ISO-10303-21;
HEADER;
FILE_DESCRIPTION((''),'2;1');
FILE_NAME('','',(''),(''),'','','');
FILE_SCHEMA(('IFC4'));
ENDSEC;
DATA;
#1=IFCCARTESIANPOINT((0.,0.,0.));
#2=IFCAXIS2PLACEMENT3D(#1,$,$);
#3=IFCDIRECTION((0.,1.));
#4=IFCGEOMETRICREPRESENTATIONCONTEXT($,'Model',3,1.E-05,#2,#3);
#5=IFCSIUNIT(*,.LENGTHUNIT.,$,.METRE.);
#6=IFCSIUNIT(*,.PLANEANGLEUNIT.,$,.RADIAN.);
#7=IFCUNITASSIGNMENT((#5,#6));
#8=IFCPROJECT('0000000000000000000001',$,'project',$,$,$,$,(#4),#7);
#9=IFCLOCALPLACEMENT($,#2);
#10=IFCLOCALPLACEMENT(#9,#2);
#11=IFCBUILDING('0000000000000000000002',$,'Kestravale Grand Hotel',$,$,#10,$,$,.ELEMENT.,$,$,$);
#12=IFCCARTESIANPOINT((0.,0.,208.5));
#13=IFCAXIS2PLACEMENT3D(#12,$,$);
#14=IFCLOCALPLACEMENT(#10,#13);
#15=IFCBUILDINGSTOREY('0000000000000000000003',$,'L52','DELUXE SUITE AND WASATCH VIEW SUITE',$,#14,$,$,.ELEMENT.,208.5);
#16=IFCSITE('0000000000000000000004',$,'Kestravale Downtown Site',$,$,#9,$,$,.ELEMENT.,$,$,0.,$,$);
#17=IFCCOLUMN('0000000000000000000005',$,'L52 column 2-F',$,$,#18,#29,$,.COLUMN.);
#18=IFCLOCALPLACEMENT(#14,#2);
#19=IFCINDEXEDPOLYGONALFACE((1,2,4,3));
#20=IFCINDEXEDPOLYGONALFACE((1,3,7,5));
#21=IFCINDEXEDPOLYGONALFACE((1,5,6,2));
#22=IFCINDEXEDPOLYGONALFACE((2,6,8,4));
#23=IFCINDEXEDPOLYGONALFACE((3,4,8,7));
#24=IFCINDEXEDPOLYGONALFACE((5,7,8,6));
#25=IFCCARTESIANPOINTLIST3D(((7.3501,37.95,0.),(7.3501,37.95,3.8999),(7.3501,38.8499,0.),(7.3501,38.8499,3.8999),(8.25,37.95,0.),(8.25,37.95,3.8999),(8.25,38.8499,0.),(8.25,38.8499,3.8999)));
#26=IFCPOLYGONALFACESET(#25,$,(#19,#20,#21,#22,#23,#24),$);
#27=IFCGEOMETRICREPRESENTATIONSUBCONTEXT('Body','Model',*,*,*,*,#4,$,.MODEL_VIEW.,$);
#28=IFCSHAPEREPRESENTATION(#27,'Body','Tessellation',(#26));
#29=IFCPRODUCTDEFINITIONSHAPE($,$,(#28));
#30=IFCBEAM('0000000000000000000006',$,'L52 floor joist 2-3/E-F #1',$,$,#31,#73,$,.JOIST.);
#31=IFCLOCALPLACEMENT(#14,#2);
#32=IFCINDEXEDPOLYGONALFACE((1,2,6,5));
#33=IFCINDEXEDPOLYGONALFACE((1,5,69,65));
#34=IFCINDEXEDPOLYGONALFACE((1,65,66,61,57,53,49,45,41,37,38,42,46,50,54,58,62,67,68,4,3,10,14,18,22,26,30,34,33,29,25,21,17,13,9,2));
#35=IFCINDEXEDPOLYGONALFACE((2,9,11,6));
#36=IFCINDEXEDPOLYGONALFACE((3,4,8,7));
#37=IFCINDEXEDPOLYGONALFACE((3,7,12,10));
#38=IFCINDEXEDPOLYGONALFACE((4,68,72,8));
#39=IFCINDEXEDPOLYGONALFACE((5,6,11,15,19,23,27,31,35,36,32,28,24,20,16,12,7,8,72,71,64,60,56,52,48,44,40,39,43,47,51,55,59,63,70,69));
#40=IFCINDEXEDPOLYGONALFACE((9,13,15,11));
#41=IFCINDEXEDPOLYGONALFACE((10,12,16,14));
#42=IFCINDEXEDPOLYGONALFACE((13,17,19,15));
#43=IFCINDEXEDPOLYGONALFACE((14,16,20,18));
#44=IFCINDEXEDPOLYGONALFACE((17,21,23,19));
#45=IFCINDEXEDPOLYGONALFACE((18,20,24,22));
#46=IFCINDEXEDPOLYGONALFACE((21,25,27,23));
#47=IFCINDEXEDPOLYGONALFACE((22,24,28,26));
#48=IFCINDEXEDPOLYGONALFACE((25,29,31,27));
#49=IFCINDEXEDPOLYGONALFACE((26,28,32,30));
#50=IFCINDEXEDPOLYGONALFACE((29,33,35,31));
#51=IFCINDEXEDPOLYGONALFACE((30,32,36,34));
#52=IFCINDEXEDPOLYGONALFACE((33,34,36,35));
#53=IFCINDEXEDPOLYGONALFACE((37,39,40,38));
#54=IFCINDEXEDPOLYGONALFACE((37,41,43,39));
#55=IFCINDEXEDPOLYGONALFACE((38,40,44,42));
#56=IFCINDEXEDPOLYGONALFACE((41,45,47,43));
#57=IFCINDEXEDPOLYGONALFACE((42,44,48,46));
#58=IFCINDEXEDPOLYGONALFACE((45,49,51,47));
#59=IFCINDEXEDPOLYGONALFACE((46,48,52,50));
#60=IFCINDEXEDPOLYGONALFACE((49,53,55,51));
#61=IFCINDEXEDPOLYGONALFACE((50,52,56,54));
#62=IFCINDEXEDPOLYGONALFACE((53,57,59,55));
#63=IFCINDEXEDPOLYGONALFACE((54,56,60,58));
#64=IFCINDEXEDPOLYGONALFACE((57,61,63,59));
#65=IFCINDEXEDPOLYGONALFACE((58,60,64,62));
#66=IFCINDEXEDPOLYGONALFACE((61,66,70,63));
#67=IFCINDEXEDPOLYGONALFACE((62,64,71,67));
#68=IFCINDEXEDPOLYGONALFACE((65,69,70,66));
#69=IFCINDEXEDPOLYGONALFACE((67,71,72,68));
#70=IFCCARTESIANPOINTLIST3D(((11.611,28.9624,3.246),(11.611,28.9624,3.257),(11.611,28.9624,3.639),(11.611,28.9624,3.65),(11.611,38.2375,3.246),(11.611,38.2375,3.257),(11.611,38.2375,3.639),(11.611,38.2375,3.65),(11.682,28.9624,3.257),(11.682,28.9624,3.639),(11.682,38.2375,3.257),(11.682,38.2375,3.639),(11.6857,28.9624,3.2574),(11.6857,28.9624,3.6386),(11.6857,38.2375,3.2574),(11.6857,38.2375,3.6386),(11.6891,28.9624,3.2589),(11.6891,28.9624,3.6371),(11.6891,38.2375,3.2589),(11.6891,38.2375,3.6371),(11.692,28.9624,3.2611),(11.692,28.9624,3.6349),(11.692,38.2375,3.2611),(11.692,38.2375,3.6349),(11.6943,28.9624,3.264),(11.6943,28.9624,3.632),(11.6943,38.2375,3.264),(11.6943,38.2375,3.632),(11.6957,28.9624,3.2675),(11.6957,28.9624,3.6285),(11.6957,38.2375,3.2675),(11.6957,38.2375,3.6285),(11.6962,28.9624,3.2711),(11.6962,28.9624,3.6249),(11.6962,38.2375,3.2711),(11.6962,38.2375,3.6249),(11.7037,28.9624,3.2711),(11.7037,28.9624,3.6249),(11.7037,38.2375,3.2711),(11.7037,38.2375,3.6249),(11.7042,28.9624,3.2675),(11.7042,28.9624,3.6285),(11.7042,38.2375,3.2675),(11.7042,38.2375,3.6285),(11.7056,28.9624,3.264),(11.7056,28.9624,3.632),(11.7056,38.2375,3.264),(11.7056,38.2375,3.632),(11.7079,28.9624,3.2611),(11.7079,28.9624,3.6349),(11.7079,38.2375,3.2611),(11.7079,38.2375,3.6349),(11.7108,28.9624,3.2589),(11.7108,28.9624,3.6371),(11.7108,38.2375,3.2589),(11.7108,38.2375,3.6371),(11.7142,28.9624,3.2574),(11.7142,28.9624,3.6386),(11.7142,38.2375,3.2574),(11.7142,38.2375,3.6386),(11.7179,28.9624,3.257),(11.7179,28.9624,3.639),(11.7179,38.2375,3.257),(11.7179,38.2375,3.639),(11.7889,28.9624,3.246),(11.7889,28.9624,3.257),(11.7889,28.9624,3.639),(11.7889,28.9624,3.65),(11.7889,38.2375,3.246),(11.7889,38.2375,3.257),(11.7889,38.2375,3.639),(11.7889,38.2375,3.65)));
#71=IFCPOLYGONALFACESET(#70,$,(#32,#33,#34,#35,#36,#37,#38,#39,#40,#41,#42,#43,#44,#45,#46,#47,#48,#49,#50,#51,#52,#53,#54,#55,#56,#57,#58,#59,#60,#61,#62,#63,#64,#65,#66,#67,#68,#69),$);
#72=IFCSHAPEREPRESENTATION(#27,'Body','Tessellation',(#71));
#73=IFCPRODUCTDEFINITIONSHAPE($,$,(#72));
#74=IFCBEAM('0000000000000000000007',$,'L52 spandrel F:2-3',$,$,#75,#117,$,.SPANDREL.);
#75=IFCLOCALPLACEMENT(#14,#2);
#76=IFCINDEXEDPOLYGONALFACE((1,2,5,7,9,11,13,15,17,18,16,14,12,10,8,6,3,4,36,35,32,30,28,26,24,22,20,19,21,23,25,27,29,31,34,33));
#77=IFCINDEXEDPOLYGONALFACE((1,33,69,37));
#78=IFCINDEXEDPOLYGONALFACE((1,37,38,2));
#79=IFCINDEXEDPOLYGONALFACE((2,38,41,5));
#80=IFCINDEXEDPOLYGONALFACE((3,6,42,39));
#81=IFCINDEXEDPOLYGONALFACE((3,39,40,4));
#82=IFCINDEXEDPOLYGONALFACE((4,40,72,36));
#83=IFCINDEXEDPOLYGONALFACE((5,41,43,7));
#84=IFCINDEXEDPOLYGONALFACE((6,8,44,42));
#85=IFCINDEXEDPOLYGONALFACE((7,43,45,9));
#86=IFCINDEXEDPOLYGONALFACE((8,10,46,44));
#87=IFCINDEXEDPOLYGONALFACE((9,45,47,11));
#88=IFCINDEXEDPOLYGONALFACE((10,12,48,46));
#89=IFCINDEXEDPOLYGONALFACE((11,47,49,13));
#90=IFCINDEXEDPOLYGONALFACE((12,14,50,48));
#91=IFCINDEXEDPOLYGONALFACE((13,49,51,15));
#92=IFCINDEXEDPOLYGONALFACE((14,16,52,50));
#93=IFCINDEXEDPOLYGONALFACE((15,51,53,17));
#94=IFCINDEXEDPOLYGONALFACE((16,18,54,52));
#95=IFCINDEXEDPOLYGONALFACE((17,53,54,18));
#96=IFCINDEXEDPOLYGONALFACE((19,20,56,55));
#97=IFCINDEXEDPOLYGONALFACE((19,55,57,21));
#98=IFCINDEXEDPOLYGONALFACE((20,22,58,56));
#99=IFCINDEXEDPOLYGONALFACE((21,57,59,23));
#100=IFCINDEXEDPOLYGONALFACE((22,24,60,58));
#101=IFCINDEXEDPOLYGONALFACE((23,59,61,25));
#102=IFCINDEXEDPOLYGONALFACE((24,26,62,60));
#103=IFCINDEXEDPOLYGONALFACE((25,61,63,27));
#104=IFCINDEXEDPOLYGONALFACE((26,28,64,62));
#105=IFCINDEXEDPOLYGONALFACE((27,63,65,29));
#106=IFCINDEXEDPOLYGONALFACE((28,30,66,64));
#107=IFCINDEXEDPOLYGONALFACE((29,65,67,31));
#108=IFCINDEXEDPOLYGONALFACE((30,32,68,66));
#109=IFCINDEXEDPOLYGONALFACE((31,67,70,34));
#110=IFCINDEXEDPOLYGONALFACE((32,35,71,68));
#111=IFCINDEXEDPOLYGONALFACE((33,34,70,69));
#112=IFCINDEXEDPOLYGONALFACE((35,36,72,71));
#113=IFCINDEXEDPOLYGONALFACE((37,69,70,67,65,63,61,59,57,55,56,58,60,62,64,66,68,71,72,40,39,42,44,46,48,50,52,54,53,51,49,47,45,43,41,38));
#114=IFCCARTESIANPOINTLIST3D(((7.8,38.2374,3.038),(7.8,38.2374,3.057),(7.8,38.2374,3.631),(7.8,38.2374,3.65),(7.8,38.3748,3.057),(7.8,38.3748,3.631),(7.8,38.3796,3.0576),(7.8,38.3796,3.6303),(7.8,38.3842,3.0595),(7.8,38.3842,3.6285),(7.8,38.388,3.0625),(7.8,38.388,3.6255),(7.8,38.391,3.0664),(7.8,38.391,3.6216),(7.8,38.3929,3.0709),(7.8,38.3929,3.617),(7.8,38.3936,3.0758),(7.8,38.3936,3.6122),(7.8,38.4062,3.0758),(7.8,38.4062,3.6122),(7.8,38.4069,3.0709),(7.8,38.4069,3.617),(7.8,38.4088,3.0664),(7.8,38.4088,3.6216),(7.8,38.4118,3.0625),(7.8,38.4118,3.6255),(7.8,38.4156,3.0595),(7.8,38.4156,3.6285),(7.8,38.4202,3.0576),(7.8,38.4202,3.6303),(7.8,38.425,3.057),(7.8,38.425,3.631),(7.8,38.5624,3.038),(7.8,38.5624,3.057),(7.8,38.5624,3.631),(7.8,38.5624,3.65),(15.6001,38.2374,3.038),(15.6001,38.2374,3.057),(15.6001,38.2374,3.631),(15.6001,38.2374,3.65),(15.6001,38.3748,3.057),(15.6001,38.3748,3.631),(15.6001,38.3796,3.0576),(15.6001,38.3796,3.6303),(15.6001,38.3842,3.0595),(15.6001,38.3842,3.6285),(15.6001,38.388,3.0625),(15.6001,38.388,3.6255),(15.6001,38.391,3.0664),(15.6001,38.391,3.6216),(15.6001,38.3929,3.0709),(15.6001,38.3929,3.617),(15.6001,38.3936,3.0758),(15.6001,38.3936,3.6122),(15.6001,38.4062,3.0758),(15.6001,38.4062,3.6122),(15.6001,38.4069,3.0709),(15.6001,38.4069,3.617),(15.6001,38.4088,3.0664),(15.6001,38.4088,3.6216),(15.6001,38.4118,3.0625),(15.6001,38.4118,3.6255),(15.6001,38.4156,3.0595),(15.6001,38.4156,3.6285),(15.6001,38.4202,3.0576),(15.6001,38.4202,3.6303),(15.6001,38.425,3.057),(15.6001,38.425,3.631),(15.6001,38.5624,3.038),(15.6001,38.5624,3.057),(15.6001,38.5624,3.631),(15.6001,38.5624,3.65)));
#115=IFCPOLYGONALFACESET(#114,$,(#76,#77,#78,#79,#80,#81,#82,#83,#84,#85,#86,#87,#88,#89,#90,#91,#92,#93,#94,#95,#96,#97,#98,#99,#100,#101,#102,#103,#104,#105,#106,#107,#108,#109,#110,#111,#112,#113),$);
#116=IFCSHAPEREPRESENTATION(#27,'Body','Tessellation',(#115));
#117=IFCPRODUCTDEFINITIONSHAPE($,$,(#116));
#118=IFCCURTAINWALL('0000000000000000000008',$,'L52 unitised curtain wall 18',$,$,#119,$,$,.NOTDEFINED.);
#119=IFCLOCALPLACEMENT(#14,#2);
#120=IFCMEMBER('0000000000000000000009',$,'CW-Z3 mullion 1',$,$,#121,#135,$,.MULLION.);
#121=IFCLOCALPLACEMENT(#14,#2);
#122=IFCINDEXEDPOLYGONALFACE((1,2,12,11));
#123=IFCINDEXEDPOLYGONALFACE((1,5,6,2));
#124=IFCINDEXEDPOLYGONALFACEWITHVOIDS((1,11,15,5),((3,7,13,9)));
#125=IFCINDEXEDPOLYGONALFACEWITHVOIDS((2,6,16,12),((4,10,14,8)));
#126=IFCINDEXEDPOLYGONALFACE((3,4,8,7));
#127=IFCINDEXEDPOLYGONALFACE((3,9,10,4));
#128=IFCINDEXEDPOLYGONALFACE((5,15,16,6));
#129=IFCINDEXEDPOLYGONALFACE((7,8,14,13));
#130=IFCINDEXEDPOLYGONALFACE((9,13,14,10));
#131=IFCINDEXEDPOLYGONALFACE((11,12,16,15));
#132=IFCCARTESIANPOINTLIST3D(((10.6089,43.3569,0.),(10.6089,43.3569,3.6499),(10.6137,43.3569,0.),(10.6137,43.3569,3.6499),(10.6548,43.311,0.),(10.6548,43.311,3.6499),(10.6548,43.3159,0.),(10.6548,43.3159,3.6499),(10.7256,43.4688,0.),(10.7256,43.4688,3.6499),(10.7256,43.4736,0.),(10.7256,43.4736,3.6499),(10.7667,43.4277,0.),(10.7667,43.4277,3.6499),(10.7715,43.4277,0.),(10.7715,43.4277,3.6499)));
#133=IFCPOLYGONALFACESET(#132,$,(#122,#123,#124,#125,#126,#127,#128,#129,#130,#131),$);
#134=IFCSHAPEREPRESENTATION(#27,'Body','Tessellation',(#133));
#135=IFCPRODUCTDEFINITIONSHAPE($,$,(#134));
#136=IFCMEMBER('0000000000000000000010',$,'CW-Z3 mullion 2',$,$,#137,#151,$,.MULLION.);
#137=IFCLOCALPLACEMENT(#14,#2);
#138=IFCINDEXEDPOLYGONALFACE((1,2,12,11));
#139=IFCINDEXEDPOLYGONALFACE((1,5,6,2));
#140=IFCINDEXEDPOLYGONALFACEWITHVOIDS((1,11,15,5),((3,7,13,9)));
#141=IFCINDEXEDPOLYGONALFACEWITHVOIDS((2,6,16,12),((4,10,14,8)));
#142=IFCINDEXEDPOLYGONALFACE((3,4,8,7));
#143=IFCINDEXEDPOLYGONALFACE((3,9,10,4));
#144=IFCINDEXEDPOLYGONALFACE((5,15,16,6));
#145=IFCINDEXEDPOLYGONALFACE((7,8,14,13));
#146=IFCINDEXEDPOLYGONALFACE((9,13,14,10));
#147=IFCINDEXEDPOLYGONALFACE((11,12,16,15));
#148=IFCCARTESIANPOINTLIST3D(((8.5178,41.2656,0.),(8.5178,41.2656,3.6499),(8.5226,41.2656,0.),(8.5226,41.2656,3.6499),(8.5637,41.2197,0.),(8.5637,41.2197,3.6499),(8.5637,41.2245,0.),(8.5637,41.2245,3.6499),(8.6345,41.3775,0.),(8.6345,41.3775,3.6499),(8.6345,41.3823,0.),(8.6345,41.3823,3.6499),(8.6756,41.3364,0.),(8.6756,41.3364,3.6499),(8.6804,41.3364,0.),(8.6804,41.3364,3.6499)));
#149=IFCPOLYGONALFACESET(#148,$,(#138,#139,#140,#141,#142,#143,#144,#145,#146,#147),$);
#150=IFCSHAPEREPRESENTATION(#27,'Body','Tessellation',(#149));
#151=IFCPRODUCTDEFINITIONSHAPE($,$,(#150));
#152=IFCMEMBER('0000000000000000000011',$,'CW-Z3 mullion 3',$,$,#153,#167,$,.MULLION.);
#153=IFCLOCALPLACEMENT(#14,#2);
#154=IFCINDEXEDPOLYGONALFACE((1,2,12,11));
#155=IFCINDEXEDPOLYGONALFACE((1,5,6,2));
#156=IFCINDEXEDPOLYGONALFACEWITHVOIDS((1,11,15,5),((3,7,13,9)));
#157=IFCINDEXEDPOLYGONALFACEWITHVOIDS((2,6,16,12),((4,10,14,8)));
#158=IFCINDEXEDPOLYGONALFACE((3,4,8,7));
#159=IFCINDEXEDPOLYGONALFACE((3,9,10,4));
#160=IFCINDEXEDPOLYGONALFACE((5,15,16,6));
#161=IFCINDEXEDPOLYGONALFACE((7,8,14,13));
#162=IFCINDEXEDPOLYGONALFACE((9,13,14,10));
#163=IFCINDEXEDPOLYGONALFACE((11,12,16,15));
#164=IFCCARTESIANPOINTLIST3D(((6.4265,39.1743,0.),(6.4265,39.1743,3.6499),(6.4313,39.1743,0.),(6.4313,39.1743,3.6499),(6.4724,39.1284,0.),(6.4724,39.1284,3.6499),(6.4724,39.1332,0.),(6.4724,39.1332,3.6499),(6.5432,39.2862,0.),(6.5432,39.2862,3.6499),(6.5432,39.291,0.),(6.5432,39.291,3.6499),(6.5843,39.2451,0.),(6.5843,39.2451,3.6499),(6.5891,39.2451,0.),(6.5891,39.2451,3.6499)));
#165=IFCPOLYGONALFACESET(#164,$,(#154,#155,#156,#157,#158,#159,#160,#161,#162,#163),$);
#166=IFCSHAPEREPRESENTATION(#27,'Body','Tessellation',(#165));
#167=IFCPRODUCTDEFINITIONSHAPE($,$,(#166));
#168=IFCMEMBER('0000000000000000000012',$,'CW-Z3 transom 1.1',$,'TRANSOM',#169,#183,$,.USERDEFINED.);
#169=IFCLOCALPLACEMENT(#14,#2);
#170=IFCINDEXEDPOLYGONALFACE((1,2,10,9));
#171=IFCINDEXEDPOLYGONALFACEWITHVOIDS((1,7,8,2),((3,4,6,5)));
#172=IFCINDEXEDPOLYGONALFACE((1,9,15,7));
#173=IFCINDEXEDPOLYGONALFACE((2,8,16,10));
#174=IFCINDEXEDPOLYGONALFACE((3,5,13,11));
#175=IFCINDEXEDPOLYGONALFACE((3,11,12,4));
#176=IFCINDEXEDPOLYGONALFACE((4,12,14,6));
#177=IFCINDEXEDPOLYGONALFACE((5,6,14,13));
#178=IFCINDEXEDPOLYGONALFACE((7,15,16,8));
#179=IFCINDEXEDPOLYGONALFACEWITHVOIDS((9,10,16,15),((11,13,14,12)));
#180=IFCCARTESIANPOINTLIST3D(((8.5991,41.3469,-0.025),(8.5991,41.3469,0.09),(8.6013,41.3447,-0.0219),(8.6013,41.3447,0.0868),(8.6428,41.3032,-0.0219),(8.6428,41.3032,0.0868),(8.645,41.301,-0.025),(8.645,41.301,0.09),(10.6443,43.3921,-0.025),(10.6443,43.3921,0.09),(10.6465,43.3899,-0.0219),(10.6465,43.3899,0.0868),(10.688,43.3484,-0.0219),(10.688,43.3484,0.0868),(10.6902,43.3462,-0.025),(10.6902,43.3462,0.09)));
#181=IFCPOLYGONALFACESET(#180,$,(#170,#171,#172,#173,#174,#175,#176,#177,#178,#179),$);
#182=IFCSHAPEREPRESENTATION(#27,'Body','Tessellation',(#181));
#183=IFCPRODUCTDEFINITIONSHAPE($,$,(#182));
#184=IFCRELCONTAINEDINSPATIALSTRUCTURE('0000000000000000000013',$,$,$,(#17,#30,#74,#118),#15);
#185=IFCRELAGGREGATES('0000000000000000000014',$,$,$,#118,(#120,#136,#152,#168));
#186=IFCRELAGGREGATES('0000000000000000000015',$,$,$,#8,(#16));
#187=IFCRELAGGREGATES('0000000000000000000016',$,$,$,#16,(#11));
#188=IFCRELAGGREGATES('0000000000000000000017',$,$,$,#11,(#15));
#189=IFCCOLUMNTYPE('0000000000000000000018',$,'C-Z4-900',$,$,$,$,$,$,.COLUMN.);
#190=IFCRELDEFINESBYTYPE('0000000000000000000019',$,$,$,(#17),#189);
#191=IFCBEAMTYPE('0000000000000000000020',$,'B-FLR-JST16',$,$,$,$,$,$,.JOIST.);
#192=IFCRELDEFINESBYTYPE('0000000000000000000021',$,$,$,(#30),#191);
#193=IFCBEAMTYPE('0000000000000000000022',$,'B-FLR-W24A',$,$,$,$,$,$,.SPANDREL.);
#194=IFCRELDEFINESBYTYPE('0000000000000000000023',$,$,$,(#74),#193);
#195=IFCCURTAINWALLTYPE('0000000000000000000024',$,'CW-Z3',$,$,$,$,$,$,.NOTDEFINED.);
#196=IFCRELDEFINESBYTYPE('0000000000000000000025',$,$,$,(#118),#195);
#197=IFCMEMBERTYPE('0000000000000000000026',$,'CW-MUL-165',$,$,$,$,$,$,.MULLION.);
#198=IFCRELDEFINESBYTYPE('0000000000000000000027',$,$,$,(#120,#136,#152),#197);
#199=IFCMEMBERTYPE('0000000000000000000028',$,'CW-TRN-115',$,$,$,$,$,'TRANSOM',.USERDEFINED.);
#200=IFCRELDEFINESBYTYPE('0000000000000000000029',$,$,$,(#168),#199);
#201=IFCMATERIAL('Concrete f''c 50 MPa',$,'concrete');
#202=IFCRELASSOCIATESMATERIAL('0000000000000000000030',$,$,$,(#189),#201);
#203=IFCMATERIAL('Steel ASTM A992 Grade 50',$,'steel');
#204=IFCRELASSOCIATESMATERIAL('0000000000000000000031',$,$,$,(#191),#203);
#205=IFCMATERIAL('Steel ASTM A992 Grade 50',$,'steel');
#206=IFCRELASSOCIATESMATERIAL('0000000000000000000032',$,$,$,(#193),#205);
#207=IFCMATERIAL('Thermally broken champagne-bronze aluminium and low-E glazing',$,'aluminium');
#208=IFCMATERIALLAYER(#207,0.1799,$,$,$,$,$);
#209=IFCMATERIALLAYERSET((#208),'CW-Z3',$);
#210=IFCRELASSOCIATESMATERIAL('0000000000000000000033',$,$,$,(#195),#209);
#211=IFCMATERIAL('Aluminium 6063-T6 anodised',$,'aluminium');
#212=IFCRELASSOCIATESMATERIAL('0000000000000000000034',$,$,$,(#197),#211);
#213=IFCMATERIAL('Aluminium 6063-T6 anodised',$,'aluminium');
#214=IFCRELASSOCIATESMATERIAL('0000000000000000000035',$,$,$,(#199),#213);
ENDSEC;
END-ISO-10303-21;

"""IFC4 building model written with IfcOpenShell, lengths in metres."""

from ifc_helpers import new_model, si_unit, direction, frame, origin, origin_2d, place, context, subcontext, project, spatial, rectangle, hollow_rectangle, i_section, extrude, material, layer, layer_set, material_profile, profile_set, type_object, element, aggregate, save


model = new_model("IFC4")

# Units and contexts
model_context = context("Model", 3, precision=1e-05, world=origin(), true_north=direction((0.0, 1.0)))
body_context = subcontext(model_context, "Body", "Model", "MODEL_VIEW")
ifc_project = project(units=[si_unit("LENGTHUNIT", "METRE"), si_unit("PLANEANGLEUNIT", "RADIAN")], contexts=[model_context])

# Site, building, storey
site_placement = place(None, origin())
site = spatial("IfcSite", under=ifc_project, at=site_placement, Name="Kestravale Downtown Site", CompositionType="ELEMENT", RefElevation=0.0)
building_placement = place(site_placement, origin())
building = spatial("IfcBuilding", under=site, at=building_placement, Name="Kestravale Grand Hotel", CompositionType="ELEMENT")
storey_placement = place(building_placement, frame((0.0, 0.0, 208.5)))
storey = spatial("IfcBuildingStorey", under=building, at=storey_placement, Name="L52", Description="DELUXE SUITE AND WASATCH VIEW SUITE", CompositionType="ELEMENT", Elevation=208.5)

# Column
ifc_material_1 = material(Name="Concrete f'c 50 MPa", Category="concrete")
ifc_material_profile_1 = material_profile(ifc_material_1, rectangle(XDim=0.8999, YDim=0.8999, at=origin_2d()))
ifc_profile_set_1 = profile_set([ifc_material_profile_1], Name="Concrete f'c 50 MPa")
column_type = type_object("IfcColumnType", Name="C-Z4-900", PredefinedType="COLUMN", material=ifc_profile_set_1)
column_placement = place(storey_placement, frame((7.8, 38.3999, 0.0), z_axis=(0.0, 0.0, 1.0), x_axis=(1.0, 0.0, 0.0)))
element("IfcColumn", 1, at=column_placement, inside=storey, type_object=column_type, Name="L52 column 2-F", PredefinedType="COLUMN", context=body_context, shape_type="SweptSolid", body=[
    extrude(rectangle(XDim=0.8999, YDim=0.8999, at=origin_2d()), origin(), (0.0, 0.0, 1.0), 3.8999),
])

# Beams
ifc_material_2 = material(Name="Steel ASTM A992 Grade 50", Category="steel")
ifc_material_profile_2 = material_profile(ifc_material_2, i_section(OverallWidth=0.178, OverallDepth=0.4041, WebThickness=0.0076, FlangeThickness=0.011, FilletRadius=0.0142, at=origin_2d()))
ifc_profile_set_2 = profile_set([ifc_material_profile_2], Name="Steel ASTM A992 Grade 50")
beam_type_1 = type_object("IfcBeamType", Name="B-FLR-JST16", PredefinedType="JOIST", material=ifc_profile_set_2)
beam_1_placement = place(storey_placement, frame((11.7, 28.9624, 3.448), z_axis=(0.0, 1.0, 0.0), x_axis=(-1.0, 0.0, 0.0)))
element("IfcBeam", 2, at=beam_1_placement, inside=storey, type_object=beam_type_1, Name="L52 floor joist 2-3/E-F #1", PredefinedType="JOIST", context=body_context, shape_type="SweptSolid", body=[
    extrude(i_section(OverallWidth=0.178, OverallDepth=0.4041, WebThickness=0.0076, FlangeThickness=0.011, FilletRadius=0.0142, at=origin_2d()), origin(), (0.0, 0.0, 1.0), 9.2751),
])
ifc_material_3 = material(Name="Steel ASTM A992 Grade 50", Category="steel")
ifc_material_profile_3 = material_profile(ifc_material_3, i_section(OverallWidth=0.325, OverallDepth=0.6121, WebThickness=0.0127, FlangeThickness=0.019, FilletRadius=0.0188, at=origin_2d()))
ifc_profile_set_3 = profile_set([ifc_material_profile_3], Name="Steel ASTM A992 Grade 50")
beam_type_2 = type_object("IfcBeamType", Name="B-FLR-W24A", PredefinedType="SPANDREL", material=ifc_profile_set_3)
beam_2_placement = place(storey_placement, frame((7.8, 38.3999, 3.344), z_axis=(1.0, 0.0, 0.0), x_axis=(0.0, 1.0, 0.0)))
element("IfcBeam", 3, at=beam_2_placement, inside=storey, type_object=beam_type_2, Name="L52 spandrel F:2-3", PredefinedType="SPANDREL", context=body_context, shape_type="SweptSolid", body=[
    extrude(i_section(OverallWidth=0.325, OverallDepth=0.6121, WebThickness=0.0127, FlangeThickness=0.019, FilletRadius=0.0188, at=origin_2d()), origin(), (0.0, 0.0, 1.0), 7.8),
])

# Curtain wall, members
ifc_material_4 = material(Name="Thermally broken champagne-bronze aluminium and low-E glazing", Category="aluminium")
ifc_layer_1 = layer(ifc_material_4, 0.1799)
ifc_layer_set_1 = layer_set([ifc_layer_1], Name="CW-Z3")
curtain_wall_type = type_object("IfcCurtainWallType", Name="CW-Z3", PredefinedType="NOTDEFINED", material=ifc_layer_set_1)
curtain_wall_placement = place(storey_placement, origin())
curtain_wall = element("IfcCurtainWall", 4, at=curtain_wall_placement, inside=storey, type_object=curtain_wall_type, Name="L52 unitised curtain wall 18", PredefinedType="NOTDEFINED")
ifc_material_5 = material(Name="Aluminium 6063-T6 anodised", Category="aluminium")
ifc_material_profile_4 = material_profile(ifc_material_5, hollow_rectangle(XDim=0.0649, YDim=0.165, WallThickness=0.0034, at=origin_2d()))
ifc_profile_set_4 = profile_set([ifc_material_profile_4], Name="Aluminium 6063-T6 anodised")
member_type_1 = type_object("IfcMemberType", Name="CW-MUL-165", PredefinedType="MULLION", material=ifc_profile_set_4)
member_1_placement = place(storey_placement, frame((10.6902, 43.3923, 0.0), z_axis=(0.0, 0.0, 1.0), x_axis=(0.707107, -0.707107, 0.0)))
member_1 = element("IfcMember", 5, at=member_1_placement, type_object=member_type_1, Name="CW-Z3 mullion 1", PredefinedType="MULLION", context=body_context, shape_type="SweptSolid", body=[
    extrude(hollow_rectangle(XDim=0.0649, YDim=0.165, WallThickness=0.0034, at=origin_2d()), origin(), (0.0, 0.0, 1.0), 3.6499),
])
member_2_placement = place(storey_placement, frame((8.5991, 41.301, 0.0), z_axis=(0.0, 0.0, 1.0), x_axis=(0.707107, -0.707107, 0.0)))
member_2 = element("IfcMember", 6, at=member_2_placement, type_object=member_type_1, Name="CW-Z3 mullion 2", PredefinedType="MULLION", context=body_context, shape_type="SweptSolid", body=[
    extrude(hollow_rectangle(XDim=0.0649, YDim=0.165, WallThickness=0.0034, at=origin_2d()), origin(), (0.0, 0.0, 1.0), 3.6499),
])
member_3_placement = place(storey_placement, frame((6.5078, 39.2097, 0.0), z_axis=(0.0, 0.0, 1.0), x_axis=(0.707107, -0.707107, 0.0)))
member_3 = element("IfcMember", 7, at=member_3_placement, type_object=member_type_1, Name="CW-Z3 mullion 3", PredefinedType="MULLION", context=body_context, shape_type="SweptSolid", body=[
    extrude(hollow_rectangle(XDim=0.0649, YDim=0.165, WallThickness=0.0034, at=origin_2d()), origin(), (0.0, 0.0, 1.0), 3.6499),
])
ifc_material_6 = material(Name="Aluminium 6063-T6 anodised", Category="aluminium")
ifc_material_profile_5 = material_profile(ifc_material_6, hollow_rectangle(XDim=0.0649, YDim=0.115, WallThickness=0.0032, at=origin_2d()))
ifc_profile_set_5 = profile_set([ifc_material_profile_5], Name="Aluminium 6063-T6 anodised")
member_type_2 = type_object("IfcMemberType", Name="CW-TRN-115", ElementType="TRANSOM", PredefinedType="USERDEFINED", material=ifc_profile_set_5)
member_4_placement = place(storey_placement, frame((10.6672, 43.3691, 0.0325), z_axis=(-0.707107, -0.707107, 0.0), x_axis=(0.707107, -0.707107, 0.0)))
member_4 = element("IfcMember", 8, at=member_4_placement, type_object=member_type_2, Name="CW-Z3 transom 1.1", ObjectType="TRANSOM", PredefinedType="USERDEFINED", context=body_context, shape_type="SweptSolid", body=[
    extrude(hollow_rectangle(XDim=0.0649, YDim=0.115, WallThickness=0.0032, at=origin_2d()), origin(), (0.0, 0.0, 1.0), 2.8923),
])
aggregate(curtain_wall, [member_1, member_2, member_3, member_4])

save(model, "model.ifc")
